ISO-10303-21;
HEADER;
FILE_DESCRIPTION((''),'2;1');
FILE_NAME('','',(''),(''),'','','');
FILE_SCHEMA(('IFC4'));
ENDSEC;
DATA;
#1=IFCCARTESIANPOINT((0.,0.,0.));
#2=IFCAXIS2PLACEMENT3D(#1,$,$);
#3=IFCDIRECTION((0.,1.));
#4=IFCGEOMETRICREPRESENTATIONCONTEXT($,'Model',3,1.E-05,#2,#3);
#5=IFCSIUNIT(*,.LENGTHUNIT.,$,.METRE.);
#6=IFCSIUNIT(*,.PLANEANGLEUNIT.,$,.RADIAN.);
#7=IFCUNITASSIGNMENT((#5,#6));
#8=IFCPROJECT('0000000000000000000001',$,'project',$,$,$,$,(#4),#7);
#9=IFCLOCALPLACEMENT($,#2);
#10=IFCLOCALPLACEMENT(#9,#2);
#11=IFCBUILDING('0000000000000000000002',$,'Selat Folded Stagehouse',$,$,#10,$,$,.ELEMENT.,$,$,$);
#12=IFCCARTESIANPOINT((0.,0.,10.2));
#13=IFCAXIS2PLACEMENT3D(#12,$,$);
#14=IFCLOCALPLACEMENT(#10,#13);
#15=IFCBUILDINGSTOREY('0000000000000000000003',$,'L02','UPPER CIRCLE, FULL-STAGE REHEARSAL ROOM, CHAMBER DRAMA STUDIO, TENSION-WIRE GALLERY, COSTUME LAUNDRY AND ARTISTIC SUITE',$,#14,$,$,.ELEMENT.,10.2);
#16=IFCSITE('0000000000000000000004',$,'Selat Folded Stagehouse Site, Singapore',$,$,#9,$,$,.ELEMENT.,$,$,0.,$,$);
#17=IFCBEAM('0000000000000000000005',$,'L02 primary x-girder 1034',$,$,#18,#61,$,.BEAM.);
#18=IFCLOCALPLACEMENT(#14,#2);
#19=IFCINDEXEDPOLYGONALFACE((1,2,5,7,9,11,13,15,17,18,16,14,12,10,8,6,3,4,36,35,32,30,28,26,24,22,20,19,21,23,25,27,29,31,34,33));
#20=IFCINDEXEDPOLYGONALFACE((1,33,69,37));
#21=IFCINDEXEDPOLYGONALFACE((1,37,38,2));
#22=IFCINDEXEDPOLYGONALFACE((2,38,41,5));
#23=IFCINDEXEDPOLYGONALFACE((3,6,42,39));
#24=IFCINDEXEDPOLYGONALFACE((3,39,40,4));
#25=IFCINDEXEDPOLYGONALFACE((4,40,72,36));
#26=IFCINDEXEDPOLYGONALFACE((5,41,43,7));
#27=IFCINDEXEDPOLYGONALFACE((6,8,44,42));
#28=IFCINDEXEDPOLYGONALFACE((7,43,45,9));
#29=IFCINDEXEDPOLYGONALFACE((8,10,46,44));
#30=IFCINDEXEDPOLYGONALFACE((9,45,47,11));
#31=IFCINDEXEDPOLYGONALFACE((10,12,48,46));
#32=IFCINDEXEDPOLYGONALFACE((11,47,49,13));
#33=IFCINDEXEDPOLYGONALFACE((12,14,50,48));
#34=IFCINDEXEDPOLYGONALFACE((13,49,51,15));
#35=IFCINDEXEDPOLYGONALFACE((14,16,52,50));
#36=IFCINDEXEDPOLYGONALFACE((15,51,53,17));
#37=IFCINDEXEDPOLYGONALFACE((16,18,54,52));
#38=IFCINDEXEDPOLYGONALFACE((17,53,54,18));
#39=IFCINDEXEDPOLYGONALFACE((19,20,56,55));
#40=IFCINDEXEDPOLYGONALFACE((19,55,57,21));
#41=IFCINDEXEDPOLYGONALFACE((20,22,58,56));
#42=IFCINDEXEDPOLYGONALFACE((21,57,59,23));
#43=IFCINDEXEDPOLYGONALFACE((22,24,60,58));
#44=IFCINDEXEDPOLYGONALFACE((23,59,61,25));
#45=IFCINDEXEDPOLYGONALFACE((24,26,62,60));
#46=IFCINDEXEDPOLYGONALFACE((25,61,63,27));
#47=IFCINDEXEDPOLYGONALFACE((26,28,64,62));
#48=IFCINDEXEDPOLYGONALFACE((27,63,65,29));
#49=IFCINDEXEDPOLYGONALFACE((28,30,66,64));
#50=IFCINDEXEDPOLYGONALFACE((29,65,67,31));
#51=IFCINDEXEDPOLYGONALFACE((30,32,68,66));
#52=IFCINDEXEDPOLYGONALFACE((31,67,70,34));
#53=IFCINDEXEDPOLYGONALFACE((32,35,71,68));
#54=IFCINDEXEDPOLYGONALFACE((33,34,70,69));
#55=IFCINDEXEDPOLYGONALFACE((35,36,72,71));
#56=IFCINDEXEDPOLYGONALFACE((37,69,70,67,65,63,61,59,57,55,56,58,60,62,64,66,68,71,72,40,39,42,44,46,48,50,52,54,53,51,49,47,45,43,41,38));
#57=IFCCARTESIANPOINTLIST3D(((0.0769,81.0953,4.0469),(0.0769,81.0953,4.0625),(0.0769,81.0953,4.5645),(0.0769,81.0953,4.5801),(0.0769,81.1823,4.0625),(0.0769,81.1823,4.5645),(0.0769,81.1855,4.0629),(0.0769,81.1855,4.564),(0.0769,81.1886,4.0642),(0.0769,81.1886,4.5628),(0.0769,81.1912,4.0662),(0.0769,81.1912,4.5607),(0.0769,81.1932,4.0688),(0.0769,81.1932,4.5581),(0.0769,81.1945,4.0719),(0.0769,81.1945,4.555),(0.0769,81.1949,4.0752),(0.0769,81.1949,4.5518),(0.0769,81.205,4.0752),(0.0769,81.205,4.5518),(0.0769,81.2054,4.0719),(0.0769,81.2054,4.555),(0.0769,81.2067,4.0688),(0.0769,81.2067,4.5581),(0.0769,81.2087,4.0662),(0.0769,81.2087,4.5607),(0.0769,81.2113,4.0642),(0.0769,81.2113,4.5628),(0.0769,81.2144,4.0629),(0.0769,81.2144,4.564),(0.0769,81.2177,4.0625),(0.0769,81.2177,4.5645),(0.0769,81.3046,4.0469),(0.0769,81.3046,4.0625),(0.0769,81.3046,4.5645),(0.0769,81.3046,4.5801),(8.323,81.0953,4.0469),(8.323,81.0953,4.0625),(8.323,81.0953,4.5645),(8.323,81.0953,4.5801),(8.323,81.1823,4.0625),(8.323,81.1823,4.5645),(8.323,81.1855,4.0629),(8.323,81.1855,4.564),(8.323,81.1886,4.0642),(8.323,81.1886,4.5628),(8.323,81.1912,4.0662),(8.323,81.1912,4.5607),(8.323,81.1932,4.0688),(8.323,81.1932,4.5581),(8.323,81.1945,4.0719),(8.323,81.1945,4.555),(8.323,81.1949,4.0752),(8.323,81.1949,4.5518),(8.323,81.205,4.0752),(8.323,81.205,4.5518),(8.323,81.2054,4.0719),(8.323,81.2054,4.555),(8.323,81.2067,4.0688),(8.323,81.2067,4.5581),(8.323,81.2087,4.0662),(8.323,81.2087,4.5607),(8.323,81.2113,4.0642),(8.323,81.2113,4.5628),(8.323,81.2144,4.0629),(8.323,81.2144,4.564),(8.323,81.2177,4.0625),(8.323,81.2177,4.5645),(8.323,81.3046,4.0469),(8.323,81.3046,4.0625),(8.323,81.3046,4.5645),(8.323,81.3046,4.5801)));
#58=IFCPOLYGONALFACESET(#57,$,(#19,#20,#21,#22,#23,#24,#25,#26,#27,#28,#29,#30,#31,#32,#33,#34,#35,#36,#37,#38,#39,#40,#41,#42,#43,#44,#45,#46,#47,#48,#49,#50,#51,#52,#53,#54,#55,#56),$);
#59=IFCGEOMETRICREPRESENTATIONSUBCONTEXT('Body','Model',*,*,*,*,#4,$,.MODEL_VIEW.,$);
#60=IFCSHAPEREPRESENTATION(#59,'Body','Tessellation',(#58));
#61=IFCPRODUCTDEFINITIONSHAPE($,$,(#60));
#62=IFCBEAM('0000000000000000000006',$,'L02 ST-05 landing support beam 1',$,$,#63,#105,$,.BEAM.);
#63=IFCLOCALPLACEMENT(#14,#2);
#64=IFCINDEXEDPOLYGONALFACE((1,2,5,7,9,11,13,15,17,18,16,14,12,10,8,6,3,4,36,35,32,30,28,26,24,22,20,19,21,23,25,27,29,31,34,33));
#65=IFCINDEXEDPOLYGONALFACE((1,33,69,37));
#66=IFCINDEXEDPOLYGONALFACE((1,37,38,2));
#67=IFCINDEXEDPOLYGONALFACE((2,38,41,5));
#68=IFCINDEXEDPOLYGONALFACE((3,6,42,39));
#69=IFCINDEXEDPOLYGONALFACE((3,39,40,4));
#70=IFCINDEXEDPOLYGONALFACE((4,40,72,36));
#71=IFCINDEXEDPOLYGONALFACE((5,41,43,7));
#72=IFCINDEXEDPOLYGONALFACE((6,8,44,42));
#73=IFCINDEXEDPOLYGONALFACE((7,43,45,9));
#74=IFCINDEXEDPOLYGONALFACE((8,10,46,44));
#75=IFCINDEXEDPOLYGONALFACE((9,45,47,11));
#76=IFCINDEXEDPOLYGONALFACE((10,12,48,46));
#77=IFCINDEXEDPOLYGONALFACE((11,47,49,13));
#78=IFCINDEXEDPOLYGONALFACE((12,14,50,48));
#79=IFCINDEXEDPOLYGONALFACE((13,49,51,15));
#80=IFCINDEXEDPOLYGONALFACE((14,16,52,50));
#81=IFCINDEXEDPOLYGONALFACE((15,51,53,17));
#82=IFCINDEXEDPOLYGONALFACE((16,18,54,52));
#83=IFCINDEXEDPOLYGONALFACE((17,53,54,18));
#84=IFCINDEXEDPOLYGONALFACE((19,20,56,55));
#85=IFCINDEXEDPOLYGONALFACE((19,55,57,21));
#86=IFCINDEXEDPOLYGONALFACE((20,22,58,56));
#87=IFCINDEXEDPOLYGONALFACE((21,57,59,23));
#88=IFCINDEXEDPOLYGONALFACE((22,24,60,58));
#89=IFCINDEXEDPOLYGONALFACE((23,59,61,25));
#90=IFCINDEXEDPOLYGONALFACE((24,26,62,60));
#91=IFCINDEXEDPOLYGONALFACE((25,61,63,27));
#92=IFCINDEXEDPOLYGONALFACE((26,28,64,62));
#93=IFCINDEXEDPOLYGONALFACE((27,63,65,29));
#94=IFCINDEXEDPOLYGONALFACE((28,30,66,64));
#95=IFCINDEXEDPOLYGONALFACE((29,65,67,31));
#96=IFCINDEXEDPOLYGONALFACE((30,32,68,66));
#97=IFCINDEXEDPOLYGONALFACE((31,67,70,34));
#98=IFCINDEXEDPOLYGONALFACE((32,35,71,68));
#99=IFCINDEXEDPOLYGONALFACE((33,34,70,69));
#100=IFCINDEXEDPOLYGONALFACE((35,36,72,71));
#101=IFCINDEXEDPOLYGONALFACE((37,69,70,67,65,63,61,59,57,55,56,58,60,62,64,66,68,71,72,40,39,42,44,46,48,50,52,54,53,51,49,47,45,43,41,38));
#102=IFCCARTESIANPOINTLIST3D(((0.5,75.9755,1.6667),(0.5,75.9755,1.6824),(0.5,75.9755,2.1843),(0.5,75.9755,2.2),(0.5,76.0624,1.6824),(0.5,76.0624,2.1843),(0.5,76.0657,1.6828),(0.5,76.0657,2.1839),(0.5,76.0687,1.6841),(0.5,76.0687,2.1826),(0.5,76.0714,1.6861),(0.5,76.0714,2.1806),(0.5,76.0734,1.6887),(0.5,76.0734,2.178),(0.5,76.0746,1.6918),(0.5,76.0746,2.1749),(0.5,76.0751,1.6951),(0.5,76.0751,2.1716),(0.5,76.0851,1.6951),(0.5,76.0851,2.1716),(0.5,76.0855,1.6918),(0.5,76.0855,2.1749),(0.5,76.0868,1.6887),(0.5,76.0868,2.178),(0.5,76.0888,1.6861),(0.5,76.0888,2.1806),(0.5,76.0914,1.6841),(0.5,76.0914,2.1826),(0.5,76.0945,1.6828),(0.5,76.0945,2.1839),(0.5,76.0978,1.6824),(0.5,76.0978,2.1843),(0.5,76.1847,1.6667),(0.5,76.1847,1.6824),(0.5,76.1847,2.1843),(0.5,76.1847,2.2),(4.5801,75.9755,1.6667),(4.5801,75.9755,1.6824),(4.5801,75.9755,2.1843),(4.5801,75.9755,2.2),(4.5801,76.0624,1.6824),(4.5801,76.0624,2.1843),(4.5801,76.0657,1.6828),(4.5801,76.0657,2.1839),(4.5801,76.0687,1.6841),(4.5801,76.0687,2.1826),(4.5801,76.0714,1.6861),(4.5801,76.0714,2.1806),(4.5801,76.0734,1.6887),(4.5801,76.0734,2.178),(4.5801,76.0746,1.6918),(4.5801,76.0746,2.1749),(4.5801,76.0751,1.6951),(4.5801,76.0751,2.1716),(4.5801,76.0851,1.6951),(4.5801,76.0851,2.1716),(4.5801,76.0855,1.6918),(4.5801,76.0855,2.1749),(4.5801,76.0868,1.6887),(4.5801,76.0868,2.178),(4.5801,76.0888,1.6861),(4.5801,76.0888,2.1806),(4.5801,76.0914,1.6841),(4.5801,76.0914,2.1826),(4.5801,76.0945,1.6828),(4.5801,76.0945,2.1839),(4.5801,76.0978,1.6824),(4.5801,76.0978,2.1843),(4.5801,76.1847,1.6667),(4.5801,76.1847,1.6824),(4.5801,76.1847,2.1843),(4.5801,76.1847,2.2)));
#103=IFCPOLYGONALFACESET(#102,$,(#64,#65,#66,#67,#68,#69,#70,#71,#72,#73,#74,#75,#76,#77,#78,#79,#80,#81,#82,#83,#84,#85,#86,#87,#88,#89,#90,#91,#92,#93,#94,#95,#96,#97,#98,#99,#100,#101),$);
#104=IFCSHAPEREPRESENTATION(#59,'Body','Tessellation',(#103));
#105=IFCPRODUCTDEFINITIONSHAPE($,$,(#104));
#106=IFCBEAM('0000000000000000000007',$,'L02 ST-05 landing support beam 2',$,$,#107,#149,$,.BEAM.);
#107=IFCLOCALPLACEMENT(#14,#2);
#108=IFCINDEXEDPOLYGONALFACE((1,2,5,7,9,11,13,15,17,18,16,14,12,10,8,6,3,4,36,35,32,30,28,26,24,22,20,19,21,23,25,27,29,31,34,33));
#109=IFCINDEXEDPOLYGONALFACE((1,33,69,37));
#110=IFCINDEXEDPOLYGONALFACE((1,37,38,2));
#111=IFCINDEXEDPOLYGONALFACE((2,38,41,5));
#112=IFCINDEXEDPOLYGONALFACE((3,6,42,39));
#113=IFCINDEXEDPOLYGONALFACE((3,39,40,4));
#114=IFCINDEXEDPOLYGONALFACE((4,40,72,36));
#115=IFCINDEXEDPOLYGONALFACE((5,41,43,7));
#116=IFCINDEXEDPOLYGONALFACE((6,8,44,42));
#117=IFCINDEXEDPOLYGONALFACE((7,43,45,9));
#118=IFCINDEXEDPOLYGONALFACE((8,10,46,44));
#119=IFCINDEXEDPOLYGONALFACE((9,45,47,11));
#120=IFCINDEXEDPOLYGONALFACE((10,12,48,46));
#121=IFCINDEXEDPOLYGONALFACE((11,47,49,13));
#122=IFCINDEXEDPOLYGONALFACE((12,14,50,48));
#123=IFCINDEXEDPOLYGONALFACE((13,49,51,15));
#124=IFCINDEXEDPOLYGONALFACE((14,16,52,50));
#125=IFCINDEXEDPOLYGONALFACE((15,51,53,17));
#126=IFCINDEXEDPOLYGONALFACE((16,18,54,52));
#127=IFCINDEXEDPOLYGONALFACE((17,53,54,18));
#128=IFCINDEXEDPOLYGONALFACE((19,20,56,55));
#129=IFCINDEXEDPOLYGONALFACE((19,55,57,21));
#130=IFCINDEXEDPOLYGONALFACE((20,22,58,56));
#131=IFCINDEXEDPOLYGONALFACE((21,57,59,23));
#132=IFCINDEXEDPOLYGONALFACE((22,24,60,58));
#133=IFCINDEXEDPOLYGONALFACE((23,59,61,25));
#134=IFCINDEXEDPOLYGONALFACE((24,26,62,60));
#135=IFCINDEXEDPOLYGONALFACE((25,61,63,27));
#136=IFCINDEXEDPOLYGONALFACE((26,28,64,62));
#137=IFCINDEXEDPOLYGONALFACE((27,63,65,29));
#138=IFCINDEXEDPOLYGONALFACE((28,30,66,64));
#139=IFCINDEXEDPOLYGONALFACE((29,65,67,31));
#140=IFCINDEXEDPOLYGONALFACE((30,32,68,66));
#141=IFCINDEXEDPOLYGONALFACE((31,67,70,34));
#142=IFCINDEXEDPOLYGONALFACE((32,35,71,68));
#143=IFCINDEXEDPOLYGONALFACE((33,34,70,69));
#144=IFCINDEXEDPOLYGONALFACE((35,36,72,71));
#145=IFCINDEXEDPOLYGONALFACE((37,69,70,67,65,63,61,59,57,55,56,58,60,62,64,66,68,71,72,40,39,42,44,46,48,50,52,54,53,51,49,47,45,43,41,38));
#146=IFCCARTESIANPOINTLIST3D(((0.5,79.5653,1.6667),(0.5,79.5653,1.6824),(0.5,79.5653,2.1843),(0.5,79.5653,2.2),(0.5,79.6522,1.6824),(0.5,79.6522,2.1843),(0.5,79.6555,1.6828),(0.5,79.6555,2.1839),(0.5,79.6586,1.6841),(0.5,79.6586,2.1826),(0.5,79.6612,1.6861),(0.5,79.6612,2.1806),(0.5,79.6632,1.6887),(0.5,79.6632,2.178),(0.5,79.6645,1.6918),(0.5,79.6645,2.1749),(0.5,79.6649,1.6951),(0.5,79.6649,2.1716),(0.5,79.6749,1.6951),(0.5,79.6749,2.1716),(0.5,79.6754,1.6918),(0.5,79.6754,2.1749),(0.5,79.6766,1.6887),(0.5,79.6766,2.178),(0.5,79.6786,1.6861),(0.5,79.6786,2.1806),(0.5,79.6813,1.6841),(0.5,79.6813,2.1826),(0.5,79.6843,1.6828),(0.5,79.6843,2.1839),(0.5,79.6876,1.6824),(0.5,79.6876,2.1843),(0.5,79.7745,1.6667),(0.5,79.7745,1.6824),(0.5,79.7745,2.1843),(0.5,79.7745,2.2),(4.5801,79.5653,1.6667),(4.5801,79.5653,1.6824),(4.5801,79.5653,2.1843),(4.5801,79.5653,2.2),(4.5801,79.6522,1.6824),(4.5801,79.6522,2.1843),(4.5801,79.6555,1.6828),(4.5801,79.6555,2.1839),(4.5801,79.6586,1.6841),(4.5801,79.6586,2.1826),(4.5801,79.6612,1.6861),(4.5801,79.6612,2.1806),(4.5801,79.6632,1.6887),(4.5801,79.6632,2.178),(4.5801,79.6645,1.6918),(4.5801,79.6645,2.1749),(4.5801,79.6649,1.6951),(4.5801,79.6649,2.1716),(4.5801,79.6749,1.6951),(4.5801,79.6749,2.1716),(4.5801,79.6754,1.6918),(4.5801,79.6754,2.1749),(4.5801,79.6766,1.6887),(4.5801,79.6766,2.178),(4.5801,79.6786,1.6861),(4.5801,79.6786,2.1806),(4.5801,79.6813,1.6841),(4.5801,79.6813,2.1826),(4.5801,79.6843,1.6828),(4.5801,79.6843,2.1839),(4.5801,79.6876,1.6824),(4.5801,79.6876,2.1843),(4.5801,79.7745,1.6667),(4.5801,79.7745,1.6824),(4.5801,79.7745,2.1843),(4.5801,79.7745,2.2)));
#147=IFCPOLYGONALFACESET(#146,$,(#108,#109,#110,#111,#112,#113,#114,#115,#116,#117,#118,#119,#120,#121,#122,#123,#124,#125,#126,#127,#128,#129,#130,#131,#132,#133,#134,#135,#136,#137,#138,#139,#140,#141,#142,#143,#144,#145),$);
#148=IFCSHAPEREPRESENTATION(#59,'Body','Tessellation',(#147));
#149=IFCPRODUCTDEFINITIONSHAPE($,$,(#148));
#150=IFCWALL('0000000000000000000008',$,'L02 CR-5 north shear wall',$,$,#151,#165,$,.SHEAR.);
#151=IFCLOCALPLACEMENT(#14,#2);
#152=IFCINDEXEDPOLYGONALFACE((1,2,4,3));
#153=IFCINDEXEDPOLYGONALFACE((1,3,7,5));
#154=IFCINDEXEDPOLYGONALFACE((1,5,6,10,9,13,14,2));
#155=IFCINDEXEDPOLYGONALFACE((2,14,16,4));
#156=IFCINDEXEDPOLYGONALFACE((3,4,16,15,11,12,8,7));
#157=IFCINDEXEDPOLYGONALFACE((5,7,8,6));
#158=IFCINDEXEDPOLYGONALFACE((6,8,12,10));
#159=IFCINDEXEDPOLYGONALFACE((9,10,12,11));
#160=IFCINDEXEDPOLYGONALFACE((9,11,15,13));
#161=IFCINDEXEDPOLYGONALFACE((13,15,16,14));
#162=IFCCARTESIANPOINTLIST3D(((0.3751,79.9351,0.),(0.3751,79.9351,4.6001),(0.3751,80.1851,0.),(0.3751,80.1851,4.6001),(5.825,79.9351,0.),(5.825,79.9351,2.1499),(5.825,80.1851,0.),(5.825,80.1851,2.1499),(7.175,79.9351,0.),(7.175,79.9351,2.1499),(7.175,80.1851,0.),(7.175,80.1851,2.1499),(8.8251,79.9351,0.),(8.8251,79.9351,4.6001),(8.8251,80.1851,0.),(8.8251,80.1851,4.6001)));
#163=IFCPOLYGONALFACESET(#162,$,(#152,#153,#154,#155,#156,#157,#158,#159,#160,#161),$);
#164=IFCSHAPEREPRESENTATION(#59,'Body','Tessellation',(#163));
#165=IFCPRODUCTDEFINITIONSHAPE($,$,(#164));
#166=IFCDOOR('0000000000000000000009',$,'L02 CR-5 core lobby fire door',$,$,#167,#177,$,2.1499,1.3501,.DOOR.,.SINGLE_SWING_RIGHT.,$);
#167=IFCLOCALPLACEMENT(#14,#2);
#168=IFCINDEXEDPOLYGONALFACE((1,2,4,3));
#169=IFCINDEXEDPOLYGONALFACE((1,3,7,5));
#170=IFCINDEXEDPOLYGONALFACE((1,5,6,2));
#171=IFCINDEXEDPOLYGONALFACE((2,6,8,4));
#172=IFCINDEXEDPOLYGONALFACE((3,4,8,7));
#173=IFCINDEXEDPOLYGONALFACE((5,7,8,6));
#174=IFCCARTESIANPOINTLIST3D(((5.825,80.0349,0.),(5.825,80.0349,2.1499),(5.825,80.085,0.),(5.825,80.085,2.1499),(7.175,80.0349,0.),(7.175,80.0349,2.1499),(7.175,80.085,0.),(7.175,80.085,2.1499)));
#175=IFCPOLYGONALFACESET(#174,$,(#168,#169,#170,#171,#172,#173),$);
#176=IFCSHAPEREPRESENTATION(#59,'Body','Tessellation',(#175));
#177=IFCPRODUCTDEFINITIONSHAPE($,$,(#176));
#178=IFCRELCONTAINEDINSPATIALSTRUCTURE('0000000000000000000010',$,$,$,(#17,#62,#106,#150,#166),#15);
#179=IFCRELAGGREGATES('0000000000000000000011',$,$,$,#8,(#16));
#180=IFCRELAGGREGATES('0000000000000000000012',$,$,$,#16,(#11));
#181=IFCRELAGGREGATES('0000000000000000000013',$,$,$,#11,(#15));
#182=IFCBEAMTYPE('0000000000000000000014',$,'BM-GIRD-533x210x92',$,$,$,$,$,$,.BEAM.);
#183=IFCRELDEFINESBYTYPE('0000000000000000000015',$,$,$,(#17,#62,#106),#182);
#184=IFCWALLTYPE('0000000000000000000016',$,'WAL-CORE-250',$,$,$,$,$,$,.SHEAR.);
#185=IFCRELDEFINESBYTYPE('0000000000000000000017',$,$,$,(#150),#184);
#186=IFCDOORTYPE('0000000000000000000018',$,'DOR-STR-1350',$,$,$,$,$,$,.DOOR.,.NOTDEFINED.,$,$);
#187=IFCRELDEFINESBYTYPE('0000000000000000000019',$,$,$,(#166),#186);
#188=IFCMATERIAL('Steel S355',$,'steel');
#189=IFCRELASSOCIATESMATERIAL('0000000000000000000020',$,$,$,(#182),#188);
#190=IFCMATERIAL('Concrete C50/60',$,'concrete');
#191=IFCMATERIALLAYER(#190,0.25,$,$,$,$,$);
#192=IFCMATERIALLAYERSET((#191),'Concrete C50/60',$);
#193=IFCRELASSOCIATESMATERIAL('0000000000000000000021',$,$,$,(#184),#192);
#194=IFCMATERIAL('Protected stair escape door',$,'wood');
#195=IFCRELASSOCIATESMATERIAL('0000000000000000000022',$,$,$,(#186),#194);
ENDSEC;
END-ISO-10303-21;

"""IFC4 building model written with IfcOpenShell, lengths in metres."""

from ifc_helpers import new_model, si_unit, direction, frame, frame_2d, origin, origin_2d, place, context, subcontext, project, spatial, rectangle, i_section, extrude, material, layer, layer_set, material_profile, profile_set, type_object, element, fill, save


model = new_model("IFC4")

# Units and contexts
model_context = context("Model", 3, precision=1e-05, world=origin(), true_north=direction((0.0, 1.0)))
body_context = subcontext(model_context, "Body", "Model", "MODEL_VIEW")
ifc_project = project(units=[si_unit("LENGTHUNIT", "METRE"), si_unit("PLANEANGLEUNIT", "RADIAN")], contexts=[model_context])

# Site, building, storey
site_placement = place(None, origin())
site = spatial("IfcSite", under=ifc_project, at=site_placement, Name="Selat Folded Stagehouse Site, Singapore", CompositionType="ELEMENT", RefElevation=0.0)
building_placement = place(site_placement, origin())
building = spatial("IfcBuilding", under=site, at=building_placement, Name="Selat Folded Stagehouse", CompositionType="ELEMENT")
storey_placement = place(building_placement, frame((0.0, 0.0, 10.2)))
storey = spatial("IfcBuildingStorey", under=building, at=storey_placement, Name="L02", Description="UPPER CIRCLE, FULL-STAGE REHEARSAL ROOM, CHAMBER DRAMA STUDIO, TENSION-WIRE GALLERY, COSTUME LAUNDRY AND ARTISTIC SUITE", CompositionType="ELEMENT", Elevation=10.2)

# Shared definitions
ifc_material_1 = material(Name="Steel S355", Category="steel")

# Beams
ifc_material_profile_1 = material_profile(ifc_material_1, i_section(OverallWidth=0.2092, OverallDepth=0.5332, WebThickness=0.01, FlangeThickness=0.0156, FilletRadius=0.0127, at=origin_2d()), Name="UKB 533x210x92")
ifc_profile_set_1 = profile_set([ifc_material_profile_1], Name="Steel S355")
beam_type = type_object("IfcBeamType", Name="BM-GIRD-533x210x92", PredefinedType="BEAM", material=ifc_profile_set_1)
beam_placement = place(storey_placement, frame((0.0769, 81.2, 4.3135), z_axis=(1.0, 0.0, 0.0), x_axis=(0.0, 1.0, 0.0)))
element("IfcBeam", 1, at=beam_placement, inside=storey, type_object=beam_type, Name="L02 primary x-girder 1034", PredefinedType="BEAM", context=body_context, shape_type="SweptSolid", body=[
    extrude(i_section(OverallWidth=0.2092, OverallDepth=0.5332, WebThickness=0.01, FlangeThickness=0.0156, FilletRadius=0.0127, at=origin_2d()), origin(), (0.0, 0.0, 1.0), 8.2461),
])
for number, where, z_axis, x_axis, name in (
    (2, (0.5, 76.0801, 1.9333), (1.0, 0.0, 0.0), (0.0, 1.0, 0.0), "L02 ST-05 landing support beam 1"),
    (3, (0.5, 79.6699, 1.9333), (1.0, 0.0, 0.0), (0.0, 1.0, 0.0), "L02 ST-05 landing support beam 2"),
):
    element("IfcBeam", number, at=place(storey_placement, frame(where, z_axis=z_axis, x_axis=x_axis)), inside=storey, type_object=beam_type, Name=name, PredefinedType="BEAM", context=body_context, shape_type="SweptSolid", body=[
        extrude(i_section(OverallWidth=0.2092, OverallDepth=0.5332, WebThickness=0.01, FlangeThickness=0.0156, FilletRadius=0.0127, at=origin_2d()), origin(), (0.0, 0.0, 1.0), 4.0801),
    ])

# Wall, opening, door
ifc_material_2 = material(Name="Concrete C50/60", Category="concrete")
ifc_layer_1 = layer(ifc_material_2, 0.25)
ifc_layer_set_1 = layer_set([ifc_layer_1], Name="Concrete C50/60")
wall_type_1 = type_object("IfcWallType", Name="WAL-CORE-250", PredefinedType="SHEAR", material=ifc_layer_set_1)
wall_1_placement = place(storey_placement, frame((0.375, 80.0601, 0.0), z_axis=(0.0, 0.0, 1.0), x_axis=(1.0, 0.0, 0.0)))
wall_1 = element("IfcWall", 4, at=wall_1_placement, inside=storey, type_object=wall_type_1, Name="L02 CR-5 north shear wall", PredefinedType="SHEAR", context=body_context, shape_type="SweptSolid", body=[
    extrude(rectangle(XDim=8.45, YDim=0.25, at=frame_2d((4.2251, 0.0))), origin(), (0.0, 0.0, 1.0), 4.6001),
])
opening_1_placement = place(wall_1_placement, frame((5.45, 0.0, 0.0)))
opening_1 = element("IfcOpeningElement", 5, at=opening_1_placement, cuts=wall_1, PredefinedType="OPENING", context=body_context, shape_type="SweptSolid", body=[
    extrude(rectangle(XDim=1.3501, YDim=2.1499, at=frame_2d((0.675, 1.075))), frame((0.0, 0.135, 0.0), z_axis=(0.0, -1.0, 0.0), x_axis=(1.0, 0.0, 0.0)), (0.0, 0.0, 1.0), 0.27),
])
ifc_material_3 = material(Name="Protected stair escape door", Category="wood")
door_type_1 = type_object("IfcDoorType", Name="DOR-STR-1350", OperationType="NOTDEFINED", PredefinedType="DOOR", material=ifc_material_3)
door_1_placement = place(opening_1_placement, origin())
door_1 = element("IfcDoor", 6, at=door_1_placement, inside=storey, type_object=door_type_1, Name="L02 CR-5 core lobby fire door", OperationType="SINGLE_SWING_RIGHT", OverallHeight=2.1499, OverallWidth=1.3501, PredefinedType="DOOR", context=body_context, shape_type="SweptSolid", body=[
    extrude(rectangle(XDim=1.3501, YDim=2.1499, at=frame_2d((0.675, 1.075))), frame((0.0, 0.0249, 0.0), z_axis=(0.0, -1.0, 0.0), x_axis=(1.0, 0.0, 0.0)), (0.0, 0.0, 1.0), 0.05),
])
fill(opening_1, door_1)

save(model, "model.ifc")
